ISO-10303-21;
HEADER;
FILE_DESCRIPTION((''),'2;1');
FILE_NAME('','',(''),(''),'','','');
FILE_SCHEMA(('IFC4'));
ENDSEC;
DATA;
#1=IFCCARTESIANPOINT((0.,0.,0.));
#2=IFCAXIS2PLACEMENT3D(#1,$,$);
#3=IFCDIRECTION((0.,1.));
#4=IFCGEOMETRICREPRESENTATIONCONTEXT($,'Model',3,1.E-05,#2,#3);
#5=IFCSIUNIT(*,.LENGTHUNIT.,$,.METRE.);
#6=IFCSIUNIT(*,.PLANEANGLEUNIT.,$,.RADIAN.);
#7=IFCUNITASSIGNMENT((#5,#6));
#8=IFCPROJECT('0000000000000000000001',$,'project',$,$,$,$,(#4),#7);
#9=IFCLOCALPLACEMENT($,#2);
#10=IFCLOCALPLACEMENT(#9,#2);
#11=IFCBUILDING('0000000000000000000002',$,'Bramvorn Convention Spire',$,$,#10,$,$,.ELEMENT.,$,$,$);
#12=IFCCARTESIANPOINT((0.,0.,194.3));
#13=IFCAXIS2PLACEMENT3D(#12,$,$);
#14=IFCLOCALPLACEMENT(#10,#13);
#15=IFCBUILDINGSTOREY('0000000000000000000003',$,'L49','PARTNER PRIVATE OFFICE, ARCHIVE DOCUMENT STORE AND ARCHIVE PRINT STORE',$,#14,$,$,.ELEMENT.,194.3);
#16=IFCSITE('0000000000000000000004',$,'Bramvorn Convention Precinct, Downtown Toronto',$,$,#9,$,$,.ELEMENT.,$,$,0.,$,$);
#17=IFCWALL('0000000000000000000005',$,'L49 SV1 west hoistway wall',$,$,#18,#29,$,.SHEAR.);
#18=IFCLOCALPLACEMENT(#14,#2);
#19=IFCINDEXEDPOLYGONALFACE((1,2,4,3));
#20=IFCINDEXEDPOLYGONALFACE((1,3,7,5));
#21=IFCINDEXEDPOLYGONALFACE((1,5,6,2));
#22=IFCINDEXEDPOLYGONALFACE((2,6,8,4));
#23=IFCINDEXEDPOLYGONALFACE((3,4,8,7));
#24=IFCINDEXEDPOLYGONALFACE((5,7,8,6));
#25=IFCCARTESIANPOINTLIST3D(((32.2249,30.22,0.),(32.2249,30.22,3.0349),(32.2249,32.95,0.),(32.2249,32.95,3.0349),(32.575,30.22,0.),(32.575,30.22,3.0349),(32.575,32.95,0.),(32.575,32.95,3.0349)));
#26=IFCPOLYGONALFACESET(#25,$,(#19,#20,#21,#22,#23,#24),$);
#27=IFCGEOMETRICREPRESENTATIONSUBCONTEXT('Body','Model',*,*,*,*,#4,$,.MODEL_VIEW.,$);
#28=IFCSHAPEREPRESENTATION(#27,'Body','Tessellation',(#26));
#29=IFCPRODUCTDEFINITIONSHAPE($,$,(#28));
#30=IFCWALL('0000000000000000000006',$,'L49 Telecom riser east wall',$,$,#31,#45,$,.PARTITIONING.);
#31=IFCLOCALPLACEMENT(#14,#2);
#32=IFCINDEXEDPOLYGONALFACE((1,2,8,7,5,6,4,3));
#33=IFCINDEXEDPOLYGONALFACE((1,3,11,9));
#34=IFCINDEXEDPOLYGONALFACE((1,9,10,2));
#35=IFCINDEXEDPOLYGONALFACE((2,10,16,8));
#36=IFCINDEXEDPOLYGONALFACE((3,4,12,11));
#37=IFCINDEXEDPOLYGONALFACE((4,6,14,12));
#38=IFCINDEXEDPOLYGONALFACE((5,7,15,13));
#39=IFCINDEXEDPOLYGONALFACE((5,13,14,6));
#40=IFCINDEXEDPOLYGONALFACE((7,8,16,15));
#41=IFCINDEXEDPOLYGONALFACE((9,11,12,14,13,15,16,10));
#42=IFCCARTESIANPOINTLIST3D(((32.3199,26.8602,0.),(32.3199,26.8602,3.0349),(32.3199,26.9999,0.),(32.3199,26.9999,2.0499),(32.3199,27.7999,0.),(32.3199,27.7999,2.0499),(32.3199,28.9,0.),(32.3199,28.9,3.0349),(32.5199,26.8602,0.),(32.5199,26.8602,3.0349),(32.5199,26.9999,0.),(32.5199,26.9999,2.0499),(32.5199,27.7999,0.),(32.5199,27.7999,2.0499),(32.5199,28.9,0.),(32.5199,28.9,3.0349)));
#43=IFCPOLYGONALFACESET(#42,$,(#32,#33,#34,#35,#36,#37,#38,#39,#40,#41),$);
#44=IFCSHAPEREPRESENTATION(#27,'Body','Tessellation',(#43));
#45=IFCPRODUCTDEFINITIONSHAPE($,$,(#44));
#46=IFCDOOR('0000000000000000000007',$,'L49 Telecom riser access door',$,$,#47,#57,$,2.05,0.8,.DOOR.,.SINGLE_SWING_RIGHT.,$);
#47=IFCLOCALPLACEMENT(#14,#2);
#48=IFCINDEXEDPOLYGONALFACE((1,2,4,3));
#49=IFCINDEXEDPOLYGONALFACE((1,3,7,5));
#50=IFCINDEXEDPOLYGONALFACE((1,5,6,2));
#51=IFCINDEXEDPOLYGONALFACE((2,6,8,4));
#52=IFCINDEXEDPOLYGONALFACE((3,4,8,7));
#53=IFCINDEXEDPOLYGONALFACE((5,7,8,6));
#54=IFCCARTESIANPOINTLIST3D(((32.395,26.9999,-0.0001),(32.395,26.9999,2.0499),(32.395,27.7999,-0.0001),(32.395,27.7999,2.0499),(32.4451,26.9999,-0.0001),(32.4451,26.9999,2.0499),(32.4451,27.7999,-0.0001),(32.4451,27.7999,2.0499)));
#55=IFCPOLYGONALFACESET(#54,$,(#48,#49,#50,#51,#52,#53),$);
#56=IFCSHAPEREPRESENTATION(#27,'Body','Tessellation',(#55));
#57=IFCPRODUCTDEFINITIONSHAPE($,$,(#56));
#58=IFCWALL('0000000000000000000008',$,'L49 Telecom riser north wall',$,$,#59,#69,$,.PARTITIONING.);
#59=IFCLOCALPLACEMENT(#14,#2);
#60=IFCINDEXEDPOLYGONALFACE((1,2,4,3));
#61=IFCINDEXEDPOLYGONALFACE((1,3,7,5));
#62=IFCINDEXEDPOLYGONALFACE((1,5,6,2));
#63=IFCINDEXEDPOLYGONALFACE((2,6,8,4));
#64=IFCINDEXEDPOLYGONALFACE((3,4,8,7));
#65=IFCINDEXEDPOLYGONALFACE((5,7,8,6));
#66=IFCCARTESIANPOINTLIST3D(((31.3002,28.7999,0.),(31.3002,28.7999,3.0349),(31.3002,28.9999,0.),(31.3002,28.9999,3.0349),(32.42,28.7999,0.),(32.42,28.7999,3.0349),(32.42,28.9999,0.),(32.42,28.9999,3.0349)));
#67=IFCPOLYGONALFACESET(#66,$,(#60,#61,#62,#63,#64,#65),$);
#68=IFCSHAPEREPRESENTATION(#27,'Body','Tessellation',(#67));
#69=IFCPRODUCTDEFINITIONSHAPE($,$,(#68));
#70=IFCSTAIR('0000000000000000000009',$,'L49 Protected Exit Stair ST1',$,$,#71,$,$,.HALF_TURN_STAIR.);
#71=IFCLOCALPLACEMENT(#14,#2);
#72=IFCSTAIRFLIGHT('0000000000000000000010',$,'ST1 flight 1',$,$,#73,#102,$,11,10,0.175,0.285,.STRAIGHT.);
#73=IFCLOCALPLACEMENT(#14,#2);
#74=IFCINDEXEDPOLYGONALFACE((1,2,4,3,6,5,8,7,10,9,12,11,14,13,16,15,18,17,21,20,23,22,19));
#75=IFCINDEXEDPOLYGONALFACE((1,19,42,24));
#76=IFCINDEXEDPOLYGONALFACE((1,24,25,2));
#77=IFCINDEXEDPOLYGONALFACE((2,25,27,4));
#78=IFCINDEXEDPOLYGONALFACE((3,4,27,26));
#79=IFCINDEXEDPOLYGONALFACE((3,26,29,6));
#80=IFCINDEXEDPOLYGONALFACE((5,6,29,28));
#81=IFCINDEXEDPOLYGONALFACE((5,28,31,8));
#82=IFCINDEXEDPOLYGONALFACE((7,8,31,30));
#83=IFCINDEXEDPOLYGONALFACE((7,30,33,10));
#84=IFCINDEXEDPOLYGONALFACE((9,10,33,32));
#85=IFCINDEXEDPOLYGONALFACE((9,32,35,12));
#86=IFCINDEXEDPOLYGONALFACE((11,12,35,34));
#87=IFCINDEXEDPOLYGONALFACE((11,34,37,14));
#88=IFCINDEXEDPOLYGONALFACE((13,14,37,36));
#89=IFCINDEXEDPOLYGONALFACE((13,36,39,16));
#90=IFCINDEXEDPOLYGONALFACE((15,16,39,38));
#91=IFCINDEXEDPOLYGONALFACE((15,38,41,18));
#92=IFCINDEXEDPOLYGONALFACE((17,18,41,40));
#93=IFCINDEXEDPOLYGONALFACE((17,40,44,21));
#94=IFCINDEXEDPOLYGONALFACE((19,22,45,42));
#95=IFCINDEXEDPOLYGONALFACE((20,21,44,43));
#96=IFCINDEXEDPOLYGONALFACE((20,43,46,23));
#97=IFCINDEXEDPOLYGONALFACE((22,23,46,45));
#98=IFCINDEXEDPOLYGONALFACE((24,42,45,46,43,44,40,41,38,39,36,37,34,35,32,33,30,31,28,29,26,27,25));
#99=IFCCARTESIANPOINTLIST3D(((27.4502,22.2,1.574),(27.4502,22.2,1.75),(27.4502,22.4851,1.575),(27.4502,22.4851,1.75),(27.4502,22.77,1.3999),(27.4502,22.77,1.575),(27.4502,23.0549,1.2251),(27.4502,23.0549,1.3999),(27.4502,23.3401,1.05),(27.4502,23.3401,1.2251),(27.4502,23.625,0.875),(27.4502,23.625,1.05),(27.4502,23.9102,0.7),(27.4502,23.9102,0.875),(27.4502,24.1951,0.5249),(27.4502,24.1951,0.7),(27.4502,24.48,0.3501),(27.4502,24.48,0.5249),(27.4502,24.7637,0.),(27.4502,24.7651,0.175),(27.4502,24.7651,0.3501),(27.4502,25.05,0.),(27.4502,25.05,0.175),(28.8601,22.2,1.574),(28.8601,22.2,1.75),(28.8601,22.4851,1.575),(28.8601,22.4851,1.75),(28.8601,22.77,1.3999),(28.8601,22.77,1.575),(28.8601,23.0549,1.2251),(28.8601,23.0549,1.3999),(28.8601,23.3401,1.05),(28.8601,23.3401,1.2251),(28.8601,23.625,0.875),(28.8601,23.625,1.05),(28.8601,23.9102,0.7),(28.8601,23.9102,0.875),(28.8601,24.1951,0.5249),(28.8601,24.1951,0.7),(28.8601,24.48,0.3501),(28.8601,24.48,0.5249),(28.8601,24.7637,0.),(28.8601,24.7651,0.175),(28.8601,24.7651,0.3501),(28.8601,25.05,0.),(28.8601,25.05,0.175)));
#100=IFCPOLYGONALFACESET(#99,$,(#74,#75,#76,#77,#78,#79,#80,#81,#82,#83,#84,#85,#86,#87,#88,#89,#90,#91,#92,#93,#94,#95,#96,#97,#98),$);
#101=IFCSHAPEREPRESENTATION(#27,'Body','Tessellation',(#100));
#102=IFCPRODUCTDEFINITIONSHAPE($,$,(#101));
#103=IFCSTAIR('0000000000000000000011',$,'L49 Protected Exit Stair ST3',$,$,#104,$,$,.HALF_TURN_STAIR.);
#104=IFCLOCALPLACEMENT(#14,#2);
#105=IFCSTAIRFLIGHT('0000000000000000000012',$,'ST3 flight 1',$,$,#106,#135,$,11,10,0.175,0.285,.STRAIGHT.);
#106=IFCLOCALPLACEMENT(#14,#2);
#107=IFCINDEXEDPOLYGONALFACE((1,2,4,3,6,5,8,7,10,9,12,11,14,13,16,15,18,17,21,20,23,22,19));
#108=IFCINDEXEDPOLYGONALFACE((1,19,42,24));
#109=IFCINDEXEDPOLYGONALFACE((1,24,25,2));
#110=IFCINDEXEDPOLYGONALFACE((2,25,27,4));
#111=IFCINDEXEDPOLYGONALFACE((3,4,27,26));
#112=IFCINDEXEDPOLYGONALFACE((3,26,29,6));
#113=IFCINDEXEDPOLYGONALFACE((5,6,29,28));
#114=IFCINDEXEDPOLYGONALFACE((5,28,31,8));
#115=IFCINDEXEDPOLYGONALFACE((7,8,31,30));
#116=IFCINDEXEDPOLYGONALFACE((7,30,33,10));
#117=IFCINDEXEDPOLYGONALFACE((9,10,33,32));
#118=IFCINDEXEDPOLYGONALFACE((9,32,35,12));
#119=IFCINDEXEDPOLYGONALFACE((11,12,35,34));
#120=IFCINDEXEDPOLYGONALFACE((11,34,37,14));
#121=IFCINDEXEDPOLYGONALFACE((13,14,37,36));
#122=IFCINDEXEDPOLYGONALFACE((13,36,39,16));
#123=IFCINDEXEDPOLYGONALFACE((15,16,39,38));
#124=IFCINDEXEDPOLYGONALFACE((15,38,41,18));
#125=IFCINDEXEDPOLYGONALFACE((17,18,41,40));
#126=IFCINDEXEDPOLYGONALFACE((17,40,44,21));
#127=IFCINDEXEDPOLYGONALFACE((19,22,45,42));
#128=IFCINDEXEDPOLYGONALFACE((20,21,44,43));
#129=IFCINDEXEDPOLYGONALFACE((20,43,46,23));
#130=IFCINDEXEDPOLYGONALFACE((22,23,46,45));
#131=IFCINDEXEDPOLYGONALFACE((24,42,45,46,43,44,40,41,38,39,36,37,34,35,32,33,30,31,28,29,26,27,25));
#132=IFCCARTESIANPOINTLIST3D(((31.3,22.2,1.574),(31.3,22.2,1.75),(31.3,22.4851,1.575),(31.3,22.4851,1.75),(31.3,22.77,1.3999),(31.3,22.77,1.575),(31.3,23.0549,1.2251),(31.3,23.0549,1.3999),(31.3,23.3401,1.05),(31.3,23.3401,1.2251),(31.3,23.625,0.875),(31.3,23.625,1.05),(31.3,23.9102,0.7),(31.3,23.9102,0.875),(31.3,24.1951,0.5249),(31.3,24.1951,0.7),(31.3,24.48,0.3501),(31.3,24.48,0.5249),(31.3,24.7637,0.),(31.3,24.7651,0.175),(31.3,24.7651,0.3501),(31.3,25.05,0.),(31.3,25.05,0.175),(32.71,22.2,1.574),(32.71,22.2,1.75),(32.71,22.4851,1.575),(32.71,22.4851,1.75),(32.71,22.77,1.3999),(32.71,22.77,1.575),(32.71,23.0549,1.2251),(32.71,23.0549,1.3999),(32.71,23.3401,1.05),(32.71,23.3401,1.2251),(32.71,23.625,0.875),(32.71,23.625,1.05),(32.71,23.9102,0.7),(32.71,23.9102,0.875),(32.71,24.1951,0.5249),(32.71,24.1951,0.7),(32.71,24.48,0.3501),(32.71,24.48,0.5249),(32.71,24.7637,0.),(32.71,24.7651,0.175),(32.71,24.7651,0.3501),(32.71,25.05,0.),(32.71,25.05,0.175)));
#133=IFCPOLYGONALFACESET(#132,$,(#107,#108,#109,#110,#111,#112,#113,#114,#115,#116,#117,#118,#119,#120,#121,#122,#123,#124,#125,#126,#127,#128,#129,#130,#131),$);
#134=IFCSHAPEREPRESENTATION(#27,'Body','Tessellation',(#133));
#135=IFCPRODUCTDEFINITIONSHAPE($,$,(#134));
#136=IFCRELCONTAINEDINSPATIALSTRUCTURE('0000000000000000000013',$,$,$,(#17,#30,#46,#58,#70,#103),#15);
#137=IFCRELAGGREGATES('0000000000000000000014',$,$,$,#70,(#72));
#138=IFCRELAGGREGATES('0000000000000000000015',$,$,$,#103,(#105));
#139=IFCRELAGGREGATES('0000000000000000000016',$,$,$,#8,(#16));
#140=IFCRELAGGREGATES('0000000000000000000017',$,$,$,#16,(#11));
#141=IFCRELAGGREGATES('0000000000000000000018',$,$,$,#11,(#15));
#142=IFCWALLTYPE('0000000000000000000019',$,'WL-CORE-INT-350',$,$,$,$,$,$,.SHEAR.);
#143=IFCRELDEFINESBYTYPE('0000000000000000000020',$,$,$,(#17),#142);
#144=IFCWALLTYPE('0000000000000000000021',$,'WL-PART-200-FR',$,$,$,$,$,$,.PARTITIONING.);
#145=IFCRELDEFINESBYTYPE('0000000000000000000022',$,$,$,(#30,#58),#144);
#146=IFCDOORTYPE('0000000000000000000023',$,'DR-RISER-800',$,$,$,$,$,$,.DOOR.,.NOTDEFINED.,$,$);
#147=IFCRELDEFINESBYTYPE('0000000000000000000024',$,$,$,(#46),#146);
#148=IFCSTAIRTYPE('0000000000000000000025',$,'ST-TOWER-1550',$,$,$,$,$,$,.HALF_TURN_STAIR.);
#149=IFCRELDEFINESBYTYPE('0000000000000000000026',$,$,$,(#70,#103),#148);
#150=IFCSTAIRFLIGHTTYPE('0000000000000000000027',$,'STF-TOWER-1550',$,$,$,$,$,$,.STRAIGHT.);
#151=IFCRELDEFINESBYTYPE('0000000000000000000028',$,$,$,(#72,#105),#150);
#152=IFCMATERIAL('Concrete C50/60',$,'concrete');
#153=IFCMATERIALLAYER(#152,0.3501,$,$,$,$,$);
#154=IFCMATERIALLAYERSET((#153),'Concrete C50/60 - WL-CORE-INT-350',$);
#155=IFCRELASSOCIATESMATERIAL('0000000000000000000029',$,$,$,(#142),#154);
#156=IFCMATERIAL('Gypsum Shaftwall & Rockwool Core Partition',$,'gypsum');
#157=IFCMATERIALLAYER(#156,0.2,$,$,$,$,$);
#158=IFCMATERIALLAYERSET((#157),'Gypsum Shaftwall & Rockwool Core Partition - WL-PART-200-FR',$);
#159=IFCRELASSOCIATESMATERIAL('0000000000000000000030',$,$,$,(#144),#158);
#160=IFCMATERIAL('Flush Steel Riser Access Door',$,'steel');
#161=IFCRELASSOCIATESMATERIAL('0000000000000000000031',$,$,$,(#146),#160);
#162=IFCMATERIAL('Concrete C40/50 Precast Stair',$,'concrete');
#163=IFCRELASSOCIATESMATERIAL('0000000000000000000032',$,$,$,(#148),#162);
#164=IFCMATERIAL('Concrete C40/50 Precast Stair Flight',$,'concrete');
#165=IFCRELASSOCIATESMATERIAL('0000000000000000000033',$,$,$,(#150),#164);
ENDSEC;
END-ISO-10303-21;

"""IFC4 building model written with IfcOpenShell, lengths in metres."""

from ifc_helpers import new_model, si_unit, direction, frame, frame_2d, origin, place, context, subcontext, project, spatial, polyline, rectangle, outline, extrude, material, layer, layer_set, type_object, element, fill, aggregate, save


model = new_model("IFC4")

# Units and contexts
model_context = context("Model", 3, precision=1e-05, world=origin(), true_north=direction((0.0, 1.0)))
body_context = subcontext(model_context, "Body", "Model", "MODEL_VIEW")
ifc_project = project(units=[si_unit("LENGTHUNIT", "METRE"), si_unit("PLANEANGLEUNIT", "RADIAN")], contexts=[model_context])

# Site, building, storey
site_placement = place(None, origin())
site = spatial("IfcSite", under=ifc_project, at=site_placement, Name="Bramvorn Convention Precinct, Downtown Toronto", CompositionType="ELEMENT", RefElevation=0.0)
building_placement = place(site_placement, origin())
building = spatial("IfcBuilding", under=site, at=building_placement, Name="Bramvorn Convention Spire", CompositionType="ELEMENT")
storey_placement = place(building_placement, frame((0.0, 0.0, 194.3)))
storey = spatial("IfcBuildingStorey", under=building, at=storey_placement, Name="L49", Description="PARTNER PRIVATE OFFICE, ARCHIVE DOCUMENT STORE AND ARCHIVE PRINT STORE", CompositionType="ELEMENT", Elevation=194.3)

# Shared definitions
ifc_material_1 = material(Name="Concrete C50/60", Category="concrete")
ifc_layer_1 = layer(ifc_material_1, 0.3501)
ifc_layer_set_1 = layer_set([ifc_layer_1], Name="Concrete C50/60 - WL-CORE-INT-350")
wall_type_1 = type_object("IfcWallType", Name="WL-CORE-INT-350", PredefinedType="SHEAR", material=ifc_layer_set_1)

# Wall
wall_1_placement = place(storey_placement, frame((32.3999, 30.22, 0.0), z_axis=(0.0, 0.0, 1.0), x_axis=(0.0, 1.0, 0.0)))
element("IfcWall", 1, at=wall_1_placement, inside=storey, type_object=wall_type_1, Name="L49 SV1 west hoistway wall", PredefinedType="SHEAR", context=body_context, shape_type="SweptSolid", body=[
    extrude(rectangle(XDim=2.73, YDim=0.3501, at=frame_2d((1.365, 0.0))), origin(), (0.0, 0.0, 1.0), 3.0349),
])

# Wall, opening, door
ifc_material_2 = material(Name="Gypsum Shaftwall & Rockwool Core Partition", Category="gypsum")
ifc_layer_2 = layer(ifc_material_2, 0.2)
ifc_layer_set_2 = layer_set([ifc_layer_2], Name="Gypsum Shaftwall & Rockwool Core Partition - WL-PART-200-FR")
wall_type_2 = type_object("IfcWallType", Name="WL-PART-200-FR", PredefinedType="PARTITIONING", material=ifc_layer_set_2)
wall_2_placement = place(storey_placement, frame((32.4199, 26.8601, 0.0), z_axis=(0.0, 0.0, 1.0), x_axis=(0.0, 1.0, 0.0)))
wall_2 = element("IfcWall", 2, at=wall_2_placement, inside=storey, type_object=wall_type_2, Name="L49 Telecom riser east wall", PredefinedType="PARTITIONING", context=body_context, shape_type="SweptSolid", body=[
    extrude(rectangle(XDim=2.0398, YDim=0.2, at=frame_2d((1.02, 0.0))), origin(), (0.0, 0.0, 1.0), 3.0349),
])
opening_1_placement = place(wall_2_placement, frame((0.1399, 0.0, 0.0)))
opening_1 = element("IfcOpeningElement", 3, at=opening_1_placement, cuts=wall_2, PredefinedType="OPENING", context=body_context, shape_type="SweptSolid", body=[
    extrude(rectangle(XDim=0.8, YDim=2.05, at=frame_2d((0.3999, 1.0249))), frame((0.0, 0.1099, 0.0), z_axis=(0.0, -1.0, 0.0), x_axis=(1.0, 0.0, 0.0)), (0.0, 0.0, 1.0), 0.22),
])
ifc_material_3 = material(Name="Flush Steel Riser Access Door", Category="steel")
door_type_1 = type_object("IfcDoorType", Name="DR-RISER-800", OperationType="NOTDEFINED", PredefinedType="DOOR", material=ifc_material_3)
door_1_placement = place(opening_1_placement, origin())
door_1 = element("IfcDoor", 4, at=door_1_placement, inside=storey, type_object=door_type_1, Name="L49 Telecom riser access door", OperationType="SINGLE_SWING_RIGHT", OverallHeight=2.05, OverallWidth=0.8, PredefinedType="DOOR", context=body_context, shape_type="SweptSolid", body=[
    extrude(rectangle(XDim=0.8, YDim=2.05, at=frame_2d((0.3999, 1.0249))), frame((0.0, 0.0249, 0.0), z_axis=(0.0, -1.0, 0.0), x_axis=(1.0, 0.0, 0.0)), (0.0, 0.0, 1.0), 0.05),
])
fill(opening_1, door_1)

# Wall
wall_3_placement = place(storey_placement, frame((31.3, 28.8999, 0.0), z_axis=(0.0, 0.0, 1.0), x_axis=(1.0, 0.0, 0.0)))
element("IfcWall", 5, at=wall_3_placement, inside=storey, type_object=wall_type_2, Name="L49 Telecom riser north wall", PredefinedType="PARTITIONING", context=body_context, shape_type="SweptSolid", body=[
    extrude(rectangle(XDim=1.1199, YDim=0.2, at=frame_2d((0.5601, 0.0))), origin(), (0.0, 0.0, 1.0), 3.0349),
])

# Stairs, stair flights
ifc_material_4 = material(Name="Concrete C40/50 Precast Stair", Category="concrete")
stair_type = type_object("IfcStairType", Name="ST-TOWER-1550", PredefinedType="HALF_TURN_STAIR", material=ifc_material_4)
stair_1_placement = place(storey_placement, origin())
stair_1 = element("IfcStair", 6, at=stair_1_placement, inside=storey, type_object=stair_type, Name="L49 Protected Exit Stair ST1", PredefinedType="HALF_TURN_STAIR")
ifc_material_5 = material(Name="Concrete C40/50 Precast Stair Flight", Category="concrete")
stair_flight_type = type_object("IfcStairFlightType", Name="STF-TOWER-1550", PredefinedType="STRAIGHT", material=ifc_material_5)
stair_flight_1_placement = place(storey_placement, frame((28.155, 25.05, 0.0), z_axis=(0.0, 0.0, 1.0), x_axis=(0.0, -1.0, 0.0)))
stair_flight_1 = element("IfcStairFlight", 7, at=stair_flight_1_placement, type_object=stair_flight_type, Name="ST1 flight 1", NumberOfRisers=11, NumberOfTreads=10, PredefinedType="STRAIGHT", RiserHeight=0.175, TreadLength=0.285, context=body_context, shape_type="SweptSolid", body=[
    extrude(outline(polyline([(0.0, 0.0), (0.0, 0.175), (0.2849, 0.175), (0.2849, 0.3501), (0.5701, 0.3501), (0.5701, 0.5249), (0.855, 0.5249), (0.855, 0.7), (1.1399, 0.7), (1.1399, 0.875), (1.425, 0.875), (1.425, 1.05), (1.71, 1.05), (1.71, 1.2251), (1.9951, 1.2251), (1.9951, 1.3999), (2.28, 1.3999), (2.28, 1.575), (2.5649, 1.575), (2.5649, 1.75), (2.8501, 1.75), (2.8501, 1.925), (2.8501, 1.574), (0.2864, 0.0), (0.0, 0.0)])), frame((0.0, 0.7051, 0.0), z_axis=(0.0, -1.0, 0.0), x_axis=(1.0, 0.0, 0.0)), (0.0, 0.0, 1.0), 1.4099),
])
aggregate(stair_1, [stair_flight_1])
stair_2_placement = place(storey_placement, origin())
stair_2 = element("IfcStair", 8, at=stair_2_placement, inside=storey, type_object=stair_type, Name="L49 Protected Exit Stair ST3", PredefinedType="HALF_TURN_STAIR")
stair_flight_2_placement = place(storey_placement, frame((32.0049, 25.05, 0.0), z_axis=(0.0, 0.0, 1.0), x_axis=(0.0, -1.0, 0.0)))
stair_flight_2 = element("IfcStairFlight", 9, at=stair_flight_2_placement, type_object=stair_flight_type, Name="ST3 flight 1", NumberOfRisers=11, NumberOfTreads=10, PredefinedType="STRAIGHT", RiserHeight=0.175, TreadLength=0.285, context=body_context, shape_type="SweptSolid", body=[
    extrude(outline(polyline([(0.0, 0.0), (0.0, 0.175), (0.2849, 0.175), (0.2849, 0.3501), (0.5701, 0.3501), (0.5701, 0.5249), (0.855, 0.5249), (0.855, 0.7), (1.1399, 0.7), (1.1399, 0.875), (1.425, 0.875), (1.425, 1.05), (1.71, 1.05), (1.71, 1.2251), (1.9951, 1.2251), (1.9951, 1.3999), (2.28, 1.3999), (2.28, 1.575), (2.5649, 1.575), (2.5649, 1.75), (2.8501, 1.75), (2.8501, 1.925), (2.8501, 1.574), (0.2864, 0.0), (0.0, 0.0)])), frame((0.0, 0.7051, 0.0), z_axis=(0.0, -1.0, 0.0), x_axis=(1.0, 0.0, 0.0)), (0.0, 0.0, 1.0), 1.4099),
])
aggregate(stair_2, [stair_flight_2])

save(model, "model.ifc")
